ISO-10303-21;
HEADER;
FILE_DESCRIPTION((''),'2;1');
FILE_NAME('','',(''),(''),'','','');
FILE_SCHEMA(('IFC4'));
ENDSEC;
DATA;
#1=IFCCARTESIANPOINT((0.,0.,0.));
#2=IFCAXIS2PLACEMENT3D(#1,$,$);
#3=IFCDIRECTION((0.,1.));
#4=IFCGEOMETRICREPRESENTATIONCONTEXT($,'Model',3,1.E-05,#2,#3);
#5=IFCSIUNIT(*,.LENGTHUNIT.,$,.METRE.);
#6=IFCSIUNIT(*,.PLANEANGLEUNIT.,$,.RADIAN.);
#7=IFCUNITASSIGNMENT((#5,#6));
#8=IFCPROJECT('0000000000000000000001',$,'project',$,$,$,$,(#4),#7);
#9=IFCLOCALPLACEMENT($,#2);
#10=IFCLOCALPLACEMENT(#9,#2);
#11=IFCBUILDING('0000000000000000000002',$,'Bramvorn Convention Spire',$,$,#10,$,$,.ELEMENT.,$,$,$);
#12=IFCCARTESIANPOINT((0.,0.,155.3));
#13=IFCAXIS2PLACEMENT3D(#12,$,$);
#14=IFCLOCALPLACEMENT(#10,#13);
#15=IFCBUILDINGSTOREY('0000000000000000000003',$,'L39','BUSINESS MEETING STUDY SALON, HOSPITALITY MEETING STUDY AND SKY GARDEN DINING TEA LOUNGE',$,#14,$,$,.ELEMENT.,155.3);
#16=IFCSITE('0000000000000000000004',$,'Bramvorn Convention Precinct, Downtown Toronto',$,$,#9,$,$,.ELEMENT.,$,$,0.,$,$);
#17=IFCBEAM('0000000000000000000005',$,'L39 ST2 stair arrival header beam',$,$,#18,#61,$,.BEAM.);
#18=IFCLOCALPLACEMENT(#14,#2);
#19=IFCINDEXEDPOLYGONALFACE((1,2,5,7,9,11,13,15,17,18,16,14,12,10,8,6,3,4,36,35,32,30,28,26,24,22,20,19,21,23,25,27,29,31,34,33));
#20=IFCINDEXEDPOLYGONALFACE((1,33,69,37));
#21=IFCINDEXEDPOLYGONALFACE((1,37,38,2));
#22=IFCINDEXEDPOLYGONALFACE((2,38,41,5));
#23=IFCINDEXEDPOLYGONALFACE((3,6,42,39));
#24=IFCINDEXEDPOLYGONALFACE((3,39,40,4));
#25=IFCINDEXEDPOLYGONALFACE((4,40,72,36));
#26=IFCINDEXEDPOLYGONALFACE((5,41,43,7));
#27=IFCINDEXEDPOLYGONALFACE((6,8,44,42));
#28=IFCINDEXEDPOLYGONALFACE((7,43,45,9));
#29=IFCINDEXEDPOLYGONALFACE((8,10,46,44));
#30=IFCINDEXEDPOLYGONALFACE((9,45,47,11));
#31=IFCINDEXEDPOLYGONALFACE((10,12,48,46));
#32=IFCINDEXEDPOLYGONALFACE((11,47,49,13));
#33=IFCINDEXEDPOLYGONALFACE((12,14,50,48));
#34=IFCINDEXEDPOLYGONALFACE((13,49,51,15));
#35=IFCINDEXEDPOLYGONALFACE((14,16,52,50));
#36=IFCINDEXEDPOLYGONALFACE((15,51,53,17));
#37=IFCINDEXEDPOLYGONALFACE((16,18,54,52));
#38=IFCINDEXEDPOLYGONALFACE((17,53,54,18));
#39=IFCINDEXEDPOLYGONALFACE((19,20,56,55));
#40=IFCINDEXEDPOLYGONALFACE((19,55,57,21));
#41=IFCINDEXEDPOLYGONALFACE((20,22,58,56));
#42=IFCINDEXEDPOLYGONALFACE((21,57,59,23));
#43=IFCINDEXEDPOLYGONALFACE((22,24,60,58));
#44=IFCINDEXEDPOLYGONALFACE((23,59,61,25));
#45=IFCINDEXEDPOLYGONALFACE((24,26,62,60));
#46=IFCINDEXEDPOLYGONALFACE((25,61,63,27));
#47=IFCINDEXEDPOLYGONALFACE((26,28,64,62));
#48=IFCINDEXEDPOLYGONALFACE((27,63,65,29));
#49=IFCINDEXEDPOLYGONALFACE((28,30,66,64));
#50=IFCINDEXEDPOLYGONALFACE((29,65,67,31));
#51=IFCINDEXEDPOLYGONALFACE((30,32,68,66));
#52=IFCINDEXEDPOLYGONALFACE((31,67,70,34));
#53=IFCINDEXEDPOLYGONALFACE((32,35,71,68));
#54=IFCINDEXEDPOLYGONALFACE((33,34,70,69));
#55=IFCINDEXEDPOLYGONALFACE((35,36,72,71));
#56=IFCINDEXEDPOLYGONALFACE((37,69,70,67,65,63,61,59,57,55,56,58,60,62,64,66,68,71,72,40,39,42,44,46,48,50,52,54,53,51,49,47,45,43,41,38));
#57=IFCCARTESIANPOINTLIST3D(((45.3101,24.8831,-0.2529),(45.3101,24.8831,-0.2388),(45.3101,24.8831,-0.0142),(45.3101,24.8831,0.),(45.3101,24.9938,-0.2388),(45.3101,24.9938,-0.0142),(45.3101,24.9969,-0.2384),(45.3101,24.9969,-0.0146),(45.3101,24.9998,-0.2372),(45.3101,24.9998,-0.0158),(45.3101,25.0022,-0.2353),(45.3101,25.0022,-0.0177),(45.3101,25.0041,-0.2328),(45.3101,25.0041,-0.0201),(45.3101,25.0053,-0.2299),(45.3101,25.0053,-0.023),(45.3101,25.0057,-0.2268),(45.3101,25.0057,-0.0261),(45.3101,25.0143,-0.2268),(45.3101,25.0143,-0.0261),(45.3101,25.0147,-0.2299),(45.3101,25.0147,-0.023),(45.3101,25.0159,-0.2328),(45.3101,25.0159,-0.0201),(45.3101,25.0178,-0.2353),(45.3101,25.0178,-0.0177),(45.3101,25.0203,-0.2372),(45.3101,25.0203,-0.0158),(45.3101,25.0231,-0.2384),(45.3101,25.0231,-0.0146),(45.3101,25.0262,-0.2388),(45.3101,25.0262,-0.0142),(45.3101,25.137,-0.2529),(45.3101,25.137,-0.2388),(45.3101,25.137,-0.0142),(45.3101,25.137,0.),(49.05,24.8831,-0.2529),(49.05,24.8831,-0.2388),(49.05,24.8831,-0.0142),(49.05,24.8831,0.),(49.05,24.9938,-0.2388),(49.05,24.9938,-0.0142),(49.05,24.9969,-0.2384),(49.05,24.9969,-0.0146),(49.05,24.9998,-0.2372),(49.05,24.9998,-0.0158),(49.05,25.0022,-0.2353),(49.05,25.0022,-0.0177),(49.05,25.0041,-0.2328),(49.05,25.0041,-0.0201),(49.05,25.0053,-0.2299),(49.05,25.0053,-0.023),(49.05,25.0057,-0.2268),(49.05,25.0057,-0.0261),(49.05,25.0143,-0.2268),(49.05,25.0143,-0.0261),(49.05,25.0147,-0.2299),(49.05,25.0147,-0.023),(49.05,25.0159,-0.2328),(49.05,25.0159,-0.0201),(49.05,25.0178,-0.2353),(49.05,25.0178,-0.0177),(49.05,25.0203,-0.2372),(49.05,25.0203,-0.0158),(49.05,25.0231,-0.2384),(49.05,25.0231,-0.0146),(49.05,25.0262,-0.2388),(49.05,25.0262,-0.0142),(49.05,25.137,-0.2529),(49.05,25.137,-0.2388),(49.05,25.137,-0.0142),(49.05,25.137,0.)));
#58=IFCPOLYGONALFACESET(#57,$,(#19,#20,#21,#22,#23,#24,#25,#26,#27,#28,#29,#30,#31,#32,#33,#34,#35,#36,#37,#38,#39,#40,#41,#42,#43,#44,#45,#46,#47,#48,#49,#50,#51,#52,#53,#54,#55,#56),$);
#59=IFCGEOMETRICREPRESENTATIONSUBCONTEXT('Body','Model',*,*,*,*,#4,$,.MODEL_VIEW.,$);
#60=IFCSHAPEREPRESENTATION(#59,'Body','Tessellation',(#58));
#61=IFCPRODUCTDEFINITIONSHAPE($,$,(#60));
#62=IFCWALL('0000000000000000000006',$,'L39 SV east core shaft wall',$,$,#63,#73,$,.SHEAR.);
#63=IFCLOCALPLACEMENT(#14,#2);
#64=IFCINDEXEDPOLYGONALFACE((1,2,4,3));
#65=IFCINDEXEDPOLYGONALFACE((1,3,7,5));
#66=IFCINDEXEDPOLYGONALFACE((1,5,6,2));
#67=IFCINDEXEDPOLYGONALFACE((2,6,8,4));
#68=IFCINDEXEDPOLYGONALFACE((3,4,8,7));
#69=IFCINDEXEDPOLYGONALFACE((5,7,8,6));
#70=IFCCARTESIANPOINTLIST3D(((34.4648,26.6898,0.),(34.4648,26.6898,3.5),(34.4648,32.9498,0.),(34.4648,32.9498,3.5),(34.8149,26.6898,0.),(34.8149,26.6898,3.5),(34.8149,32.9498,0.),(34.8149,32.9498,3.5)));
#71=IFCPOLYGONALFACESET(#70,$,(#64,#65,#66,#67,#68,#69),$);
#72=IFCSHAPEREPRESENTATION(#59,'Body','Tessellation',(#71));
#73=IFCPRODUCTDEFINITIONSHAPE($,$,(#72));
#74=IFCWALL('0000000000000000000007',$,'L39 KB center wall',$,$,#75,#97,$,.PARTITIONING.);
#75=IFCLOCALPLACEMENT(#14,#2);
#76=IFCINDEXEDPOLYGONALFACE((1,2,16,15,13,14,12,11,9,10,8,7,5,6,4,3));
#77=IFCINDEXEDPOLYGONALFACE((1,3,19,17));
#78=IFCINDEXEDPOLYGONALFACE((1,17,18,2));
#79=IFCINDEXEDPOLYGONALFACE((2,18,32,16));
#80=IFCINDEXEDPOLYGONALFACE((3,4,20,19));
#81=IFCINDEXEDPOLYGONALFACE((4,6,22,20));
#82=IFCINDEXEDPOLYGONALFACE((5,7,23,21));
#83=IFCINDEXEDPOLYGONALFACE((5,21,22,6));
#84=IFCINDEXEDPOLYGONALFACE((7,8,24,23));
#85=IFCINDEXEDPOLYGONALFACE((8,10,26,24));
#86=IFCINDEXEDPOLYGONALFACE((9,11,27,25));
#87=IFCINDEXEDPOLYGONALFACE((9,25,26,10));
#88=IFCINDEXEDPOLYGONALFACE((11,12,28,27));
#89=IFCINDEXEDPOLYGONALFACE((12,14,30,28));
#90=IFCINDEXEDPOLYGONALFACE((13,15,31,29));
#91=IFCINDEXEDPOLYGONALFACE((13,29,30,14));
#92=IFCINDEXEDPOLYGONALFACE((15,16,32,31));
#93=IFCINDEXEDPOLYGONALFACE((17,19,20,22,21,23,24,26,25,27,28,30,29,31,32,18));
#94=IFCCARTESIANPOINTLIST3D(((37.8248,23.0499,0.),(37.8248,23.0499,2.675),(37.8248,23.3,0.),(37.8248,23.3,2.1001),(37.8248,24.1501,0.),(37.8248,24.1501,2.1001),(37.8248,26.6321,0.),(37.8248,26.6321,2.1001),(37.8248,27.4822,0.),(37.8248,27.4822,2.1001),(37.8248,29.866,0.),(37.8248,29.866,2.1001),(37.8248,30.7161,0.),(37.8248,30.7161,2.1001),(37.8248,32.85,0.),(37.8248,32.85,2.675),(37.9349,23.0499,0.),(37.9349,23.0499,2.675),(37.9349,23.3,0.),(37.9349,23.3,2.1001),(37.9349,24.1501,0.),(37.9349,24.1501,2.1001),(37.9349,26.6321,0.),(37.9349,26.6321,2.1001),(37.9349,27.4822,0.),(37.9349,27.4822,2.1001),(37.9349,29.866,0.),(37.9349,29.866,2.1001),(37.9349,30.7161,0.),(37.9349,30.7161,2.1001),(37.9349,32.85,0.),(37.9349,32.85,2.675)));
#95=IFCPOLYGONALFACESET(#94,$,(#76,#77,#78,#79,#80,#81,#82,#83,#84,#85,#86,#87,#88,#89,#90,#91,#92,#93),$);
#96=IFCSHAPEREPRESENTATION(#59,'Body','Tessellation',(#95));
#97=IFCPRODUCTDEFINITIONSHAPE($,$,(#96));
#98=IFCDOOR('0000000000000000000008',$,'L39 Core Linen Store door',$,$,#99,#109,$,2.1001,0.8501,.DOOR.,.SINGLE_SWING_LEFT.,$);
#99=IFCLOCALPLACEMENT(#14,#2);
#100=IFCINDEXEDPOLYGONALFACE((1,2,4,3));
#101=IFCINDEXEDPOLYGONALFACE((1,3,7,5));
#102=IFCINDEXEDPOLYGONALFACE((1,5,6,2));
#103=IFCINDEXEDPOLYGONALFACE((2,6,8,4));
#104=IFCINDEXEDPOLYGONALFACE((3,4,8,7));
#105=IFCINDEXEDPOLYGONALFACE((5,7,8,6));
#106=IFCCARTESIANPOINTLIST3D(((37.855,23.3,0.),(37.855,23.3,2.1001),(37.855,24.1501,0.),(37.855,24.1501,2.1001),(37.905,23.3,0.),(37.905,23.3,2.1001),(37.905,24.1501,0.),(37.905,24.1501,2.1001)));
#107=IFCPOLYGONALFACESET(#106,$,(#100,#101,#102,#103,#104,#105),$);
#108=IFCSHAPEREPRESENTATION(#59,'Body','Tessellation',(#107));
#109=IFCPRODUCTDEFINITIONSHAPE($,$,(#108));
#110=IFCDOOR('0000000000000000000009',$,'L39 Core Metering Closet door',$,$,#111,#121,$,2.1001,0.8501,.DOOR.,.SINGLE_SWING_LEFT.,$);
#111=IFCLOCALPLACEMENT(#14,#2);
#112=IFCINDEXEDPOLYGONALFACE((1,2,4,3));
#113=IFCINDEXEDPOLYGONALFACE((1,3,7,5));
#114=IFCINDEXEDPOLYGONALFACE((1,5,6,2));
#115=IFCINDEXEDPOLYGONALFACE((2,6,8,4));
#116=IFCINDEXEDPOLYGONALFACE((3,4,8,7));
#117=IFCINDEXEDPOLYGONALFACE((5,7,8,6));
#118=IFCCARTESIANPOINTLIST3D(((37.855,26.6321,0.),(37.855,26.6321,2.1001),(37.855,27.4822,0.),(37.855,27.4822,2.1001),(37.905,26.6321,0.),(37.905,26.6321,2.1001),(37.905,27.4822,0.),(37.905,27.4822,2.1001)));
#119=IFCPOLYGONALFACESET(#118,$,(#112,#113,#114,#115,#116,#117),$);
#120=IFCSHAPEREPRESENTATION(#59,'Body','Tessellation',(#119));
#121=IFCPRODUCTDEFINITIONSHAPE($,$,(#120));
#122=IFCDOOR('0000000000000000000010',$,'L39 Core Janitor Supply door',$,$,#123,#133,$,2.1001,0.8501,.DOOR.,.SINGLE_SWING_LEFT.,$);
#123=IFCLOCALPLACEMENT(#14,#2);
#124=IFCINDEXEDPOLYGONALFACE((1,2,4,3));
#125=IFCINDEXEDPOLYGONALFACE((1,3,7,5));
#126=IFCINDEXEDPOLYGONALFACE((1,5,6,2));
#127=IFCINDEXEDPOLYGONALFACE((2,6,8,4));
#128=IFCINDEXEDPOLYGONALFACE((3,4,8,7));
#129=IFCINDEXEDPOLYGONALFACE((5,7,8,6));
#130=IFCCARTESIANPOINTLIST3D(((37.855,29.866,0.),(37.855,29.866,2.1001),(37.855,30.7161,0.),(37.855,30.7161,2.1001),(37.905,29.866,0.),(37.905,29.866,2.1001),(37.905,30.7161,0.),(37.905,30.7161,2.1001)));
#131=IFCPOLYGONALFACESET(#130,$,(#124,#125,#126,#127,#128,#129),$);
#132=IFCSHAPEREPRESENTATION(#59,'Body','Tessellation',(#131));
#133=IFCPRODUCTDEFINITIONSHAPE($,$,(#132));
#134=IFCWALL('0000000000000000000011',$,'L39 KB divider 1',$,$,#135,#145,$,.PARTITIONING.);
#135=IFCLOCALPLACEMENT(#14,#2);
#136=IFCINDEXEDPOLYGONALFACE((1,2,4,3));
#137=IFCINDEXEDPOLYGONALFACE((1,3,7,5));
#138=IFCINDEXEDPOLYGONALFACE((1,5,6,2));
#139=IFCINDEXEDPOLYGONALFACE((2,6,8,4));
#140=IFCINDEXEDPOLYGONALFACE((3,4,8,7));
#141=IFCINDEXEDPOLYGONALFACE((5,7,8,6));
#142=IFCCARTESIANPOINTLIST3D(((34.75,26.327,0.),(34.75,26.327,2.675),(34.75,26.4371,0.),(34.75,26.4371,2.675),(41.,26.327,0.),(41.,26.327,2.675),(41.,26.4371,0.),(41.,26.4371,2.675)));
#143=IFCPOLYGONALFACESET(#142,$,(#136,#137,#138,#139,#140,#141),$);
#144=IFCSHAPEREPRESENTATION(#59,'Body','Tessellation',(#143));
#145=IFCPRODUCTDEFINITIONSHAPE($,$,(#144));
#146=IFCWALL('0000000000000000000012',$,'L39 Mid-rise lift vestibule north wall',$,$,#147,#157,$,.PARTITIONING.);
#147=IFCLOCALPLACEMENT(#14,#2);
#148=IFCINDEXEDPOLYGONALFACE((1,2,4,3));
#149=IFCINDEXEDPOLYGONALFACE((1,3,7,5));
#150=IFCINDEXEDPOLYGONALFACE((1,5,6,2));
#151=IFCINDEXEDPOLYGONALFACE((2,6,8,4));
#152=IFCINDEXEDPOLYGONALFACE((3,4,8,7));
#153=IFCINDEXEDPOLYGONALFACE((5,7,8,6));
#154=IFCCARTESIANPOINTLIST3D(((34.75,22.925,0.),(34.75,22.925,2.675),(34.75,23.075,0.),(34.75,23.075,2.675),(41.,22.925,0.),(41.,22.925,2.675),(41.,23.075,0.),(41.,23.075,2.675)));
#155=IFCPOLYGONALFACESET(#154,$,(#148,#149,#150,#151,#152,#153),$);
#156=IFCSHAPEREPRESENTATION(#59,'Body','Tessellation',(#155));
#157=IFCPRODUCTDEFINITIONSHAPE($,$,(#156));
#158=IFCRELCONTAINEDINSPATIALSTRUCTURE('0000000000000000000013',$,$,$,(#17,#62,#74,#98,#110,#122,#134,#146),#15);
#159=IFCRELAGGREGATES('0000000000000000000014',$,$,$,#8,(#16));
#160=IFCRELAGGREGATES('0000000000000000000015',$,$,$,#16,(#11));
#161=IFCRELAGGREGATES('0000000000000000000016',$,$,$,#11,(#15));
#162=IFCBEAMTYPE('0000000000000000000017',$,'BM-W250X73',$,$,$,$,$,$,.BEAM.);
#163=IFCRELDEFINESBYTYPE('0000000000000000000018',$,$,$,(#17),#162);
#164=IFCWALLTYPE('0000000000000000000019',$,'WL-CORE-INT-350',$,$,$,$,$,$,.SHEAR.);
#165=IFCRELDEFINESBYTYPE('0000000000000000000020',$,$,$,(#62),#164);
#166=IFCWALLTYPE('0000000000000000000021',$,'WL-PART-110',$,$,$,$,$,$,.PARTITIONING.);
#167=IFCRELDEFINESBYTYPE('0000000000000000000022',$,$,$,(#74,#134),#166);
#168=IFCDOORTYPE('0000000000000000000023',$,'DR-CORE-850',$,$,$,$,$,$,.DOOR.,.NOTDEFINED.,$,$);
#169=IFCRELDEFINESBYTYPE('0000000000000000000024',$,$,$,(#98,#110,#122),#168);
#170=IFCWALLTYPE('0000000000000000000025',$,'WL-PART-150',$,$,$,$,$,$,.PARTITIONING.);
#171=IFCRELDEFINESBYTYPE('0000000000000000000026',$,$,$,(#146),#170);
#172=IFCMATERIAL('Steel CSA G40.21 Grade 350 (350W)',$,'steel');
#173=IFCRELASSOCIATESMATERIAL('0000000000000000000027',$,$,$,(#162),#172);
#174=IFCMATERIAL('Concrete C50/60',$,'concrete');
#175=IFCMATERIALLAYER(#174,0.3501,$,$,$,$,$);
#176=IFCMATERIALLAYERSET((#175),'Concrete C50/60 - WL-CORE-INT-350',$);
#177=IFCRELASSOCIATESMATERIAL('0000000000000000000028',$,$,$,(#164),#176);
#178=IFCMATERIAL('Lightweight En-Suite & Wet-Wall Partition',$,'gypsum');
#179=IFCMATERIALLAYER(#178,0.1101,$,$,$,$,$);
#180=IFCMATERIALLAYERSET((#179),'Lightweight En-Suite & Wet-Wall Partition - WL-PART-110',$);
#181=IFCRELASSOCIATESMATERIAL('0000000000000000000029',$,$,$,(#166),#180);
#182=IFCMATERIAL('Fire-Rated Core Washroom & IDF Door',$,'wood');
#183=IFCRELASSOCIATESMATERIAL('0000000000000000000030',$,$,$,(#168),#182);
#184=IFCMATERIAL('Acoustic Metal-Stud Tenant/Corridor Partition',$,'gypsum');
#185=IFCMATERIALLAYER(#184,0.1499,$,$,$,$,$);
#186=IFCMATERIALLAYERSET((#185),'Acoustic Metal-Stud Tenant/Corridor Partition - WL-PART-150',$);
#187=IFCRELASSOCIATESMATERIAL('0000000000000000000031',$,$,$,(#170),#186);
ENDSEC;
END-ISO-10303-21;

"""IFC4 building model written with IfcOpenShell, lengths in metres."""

from ifc_helpers import new_model, si_unit, direction, frame, frame_2d, origin, origin_2d, place, context, subcontext, project, spatial, rectangle, i_section, extrude, material, layer, layer_set, material_profile, profile_set, type_object, element, fill, save


model = new_model("IFC4")

# Units and contexts
model_context = context("Model", 3, precision=1e-05, world=origin(), true_north=direction((0.0, 1.0)))
body_context = subcontext(model_context, "Body", "Model", "MODEL_VIEW")
ifc_project = project(units=[si_unit("LENGTHUNIT", "METRE"), si_unit("PLANEANGLEUNIT", "RADIAN")], contexts=[model_context])

# Site, building, storey
site_placement = place(None, origin())
site = spatial("IfcSite", under=ifc_project, at=site_placement, Name="Bramvorn Convention Precinct, Downtown Toronto", CompositionType="ELEMENT", RefElevation=0.0)
building_placement = place(site_placement, origin())
building = spatial("IfcBuilding", under=site, at=building_placement, Name="Bramvorn Convention Spire", CompositionType="ELEMENT")
storey_placement = place(building_placement, frame((0.0, 0.0, 155.3)))
storey = spatial("IfcBuildingStorey", under=building, at=storey_placement, Name="L39", Description="BUSINESS MEETING STUDY SALON, HOSPITALITY MEETING STUDY AND SKY GARDEN DINING TEA LOUNGE", CompositionType="ELEMENT", Elevation=155.3)

# Beam
ifc_material_1 = material(Name="Steel CSA G40.21 Grade 350 (350W)", Category="steel")
ifc_material_profile = material_profile(ifc_material_1, i_section(OverallWidth=0.2539, OverallDepth=0.2529, WebThickness=0.0085, FlangeThickness=0.0142, FilletRadius=0.012, at=origin_2d()))
ifc_profile_set = profile_set([ifc_material_profile], Name="Steel CSA G40.21 Grade 350 (350W) - W250X73")
beam_type = type_object("IfcBeamType", Name="BM-W250X73", PredefinedType="BEAM", material=ifc_profile_set)
beam_placement = place(storey_placement, frame((45.3101, 25.01, -0.1265), z_axis=(1.0, 0.0, 0.0), x_axis=(0.0, 1.0, 0.0)))
element("IfcBeam", 1, at=beam_placement, inside=storey, type_object=beam_type, Name="L39 ST2 stair arrival header beam", PredefinedType="BEAM", context=body_context, shape_type="SweptSolid", body=[
    extrude(i_section(OverallWidth=0.2539, OverallDepth=0.2529, WebThickness=0.0085, FlangeThickness=0.0142, FilletRadius=0.012, at=origin_2d()), origin(), (0.0, 0.0, 1.0), 3.74),
])

# Wall
ifc_material_2 = material(Name="Concrete C50/60", Category="concrete")
ifc_layer_1 = layer(ifc_material_2, 0.3501)
ifc_layer_set_1 = layer_set([ifc_layer_1], Name="Concrete C50/60 - WL-CORE-INT-350")
wall_type_1 = type_object("IfcWallType", Name="WL-CORE-INT-350", PredefinedType="SHEAR", material=ifc_layer_set_1)
wall_1_placement = place(storey_placement, frame((34.6399, 26.6899, 0.0), z_axis=(0.0, 0.0, 1.0), x_axis=(0.0, 1.0, 0.0)))
element("IfcWall", 2, at=wall_1_placement, inside=storey, type_object=wall_type_1, Name="L39 SV east core shaft wall", PredefinedType="SHEAR", context=body_context, shape_type="SweptSolid", body=[
    extrude(rectangle(XDim=6.26, YDim=0.3501, at=frame_2d((3.1299, 0.0))), origin(), (0.0, 0.0, 1.0), 3.5),
])

# Wall, openings, doors
ifc_material_3 = material(Name="Lightweight En-Suite & Wet-Wall Partition", Category="gypsum")
ifc_layer_2 = layer(ifc_material_3, 0.1101)
ifc_layer_set_2 = layer_set([ifc_layer_2], Name="Lightweight En-Suite & Wet-Wall Partition - WL-PART-110")
wall_type_2 = type_object("IfcWallType", Name="WL-PART-110", PredefinedType="PARTITIONING", material=ifc_layer_set_2)
wall_2_placement = place(storey_placement, frame((37.8799, 23.05, 0.0), z_axis=(0.0, 0.0, 1.0), x_axis=(0.0, 1.0, 0.0)))
wall_2 = element("IfcWall", 3, at=wall_2_placement, inside=storey, type_object=wall_type_2, Name="L39 KB center wall", PredefinedType="PARTITIONING", context=body_context, shape_type="SweptSolid", body=[
    extrude(rectangle(XDim=9.8, YDim=0.1101, at=frame_2d((4.8999, 0.0))), origin(), (0.0, 0.0, 1.0), 2.675),
])
opening_1_placement = place(wall_2_placement, frame((0.25, 0.0, 0.0)))
opening_1 = element("IfcOpeningElement", 4, at=opening_1_placement, cuts=wall_2, PredefinedType="OPENING", context=body_context, shape_type="SweptSolid", body=[
    extrude(rectangle(XDim=0.8501, YDim=2.1001, at=frame_2d((0.425, 1.05))), frame((0.0, 0.0649, 0.0), z_axis=(0.0, -1.0, 0.0), x_axis=(1.0, 0.0, 0.0)), (0.0, 0.0, 1.0), 0.1301),
])
opening_2_placement = place(wall_2_placement, frame((3.582, 0.0, 0.0)))
opening_2 = element("IfcOpeningElement", 5, at=opening_2_placement, cuts=wall_2, PredefinedType="OPENING", context=body_context, shape_type="SweptSolid", body=[
    extrude(rectangle(XDim=0.8501, YDim=2.1001, at=frame_2d((0.425, 1.05))), frame((0.0, 0.0649, 0.0), z_axis=(0.0, -1.0, 0.0), x_axis=(1.0, 0.0, 0.0)), (0.0, 0.0, 1.0), 0.1301),
])
opening_3_placement = place(wall_2_placement, frame((6.8159, 0.0, 0.0)))
opening_3 = element("IfcOpeningElement", 6, at=opening_3_placement, cuts=wall_2, PredefinedType="OPENING", context=body_context, shape_type="SweptSolid", body=[
    extrude(rectangle(XDim=0.8501, YDim=2.1001, at=frame_2d((0.425, 1.05))), frame((0.0, 0.0649, 0.0), z_axis=(0.0, -1.0, 0.0), x_axis=(1.0, 0.0, 0.0)), (0.0, 0.0, 1.0), 0.1301),
])
ifc_material_4 = material(Name="Fire-Rated Core Washroom & IDF Door", Category="wood")
door_type_1 = type_object("IfcDoorType", Name="DR-CORE-850", OperationType="NOTDEFINED", PredefinedType="DOOR", material=ifc_material_4)
door_1_placement = place(opening_1_placement, origin())
door_1 = element("IfcDoor", 7, at=door_1_placement, inside=storey, type_object=door_type_1, Name="L39 Core Linen Store door", OperationType="SINGLE_SWING_LEFT", OverallHeight=2.1001, OverallWidth=0.8501, PredefinedType="DOOR", context=body_context, shape_type="SweptSolid", body=[
    extrude(rectangle(XDim=0.8501, YDim=2.1001, at=frame_2d((0.425, 1.05))), frame((0.0, 0.0249, 0.0), z_axis=(0.0, -1.0, 0.0), x_axis=(1.0, 0.0, 0.0)), (0.0, 0.0, 1.0), 0.05),
])
fill(opening_1, door_1)
door_2_placement = place(opening_2_placement, origin())
door_2 = element("IfcDoor", 8, at=door_2_placement, inside=storey, type_object=door_type_1, Name="L39 Core Metering Closet door", OperationType="SINGLE_SWING_LEFT", OverallHeight=2.1001, OverallWidth=0.8501, PredefinedType="DOOR", context=body_context, shape_type="SweptSolid", body=[
    extrude(rectangle(XDim=0.8501, YDim=2.1001, at=frame_2d((0.425, 1.05))), frame((0.0, 0.0249, 0.0), z_axis=(0.0, -1.0, 0.0), x_axis=(1.0, 0.0, 0.0)), (0.0, 0.0, 1.0), 0.05),
])
fill(opening_2, door_2)
door_3_placement = place(opening_3_placement, origin())
door_3 = element("IfcDoor", 9, at=door_3_placement, inside=storey, type_object=door_type_1, Name="L39 Core Janitor Supply door", OperationType="SINGLE_SWING_LEFT", OverallHeight=2.1001, OverallWidth=0.8501, PredefinedType="DOOR", context=body_context, shape_type="SweptSolid", body=[
    extrude(rectangle(XDim=0.8501, YDim=2.1001, at=frame_2d((0.425, 1.05))), frame((0.0, 0.0249, 0.0), z_axis=(0.0, -1.0, 0.0), x_axis=(1.0, 0.0, 0.0)), (0.0, 0.0, 1.0), 0.05),
])
fill(opening_3, door_3)

# Walls
wall_3_placement = place(storey_placement, frame((34.75, 26.3821, 0.0), z_axis=(0.0, 0.0, 1.0), x_axis=(1.0, 0.0, 0.0)))
element("IfcWall", 10, at=wall_3_placement, inside=storey, type_object=wall_type_2, Name="L39 KB divider 1", PredefinedType="PARTITIONING", context=body_context, shape_type="SweptSolid", body=[
    extrude(rectangle(XDim=6.25, YDim=0.1101, at=frame_2d((3.125, 0.0))), origin(), (0.0, 0.0, 1.0), 2.675),
])
ifc_material_5 = material(Name="Acoustic Metal-Stud Tenant/Corridor Partition", Category="gypsum")
ifc_layer_3 = layer(ifc_material_5, 0.1499)
ifc_layer_set_3 = layer_set([ifc_layer_3], Name="Acoustic Metal-Stud Tenant/Corridor Partition - WL-PART-150")
wall_type_3 = type_object("IfcWallType", Name="WL-PART-150", PredefinedType="PARTITIONING", material=ifc_layer_set_3)
wall_4_placement = place(storey_placement, frame((34.75, 23.0, 0.0), z_axis=(0.0, 0.0, 1.0), x_axis=(1.0, 0.0, 0.0)))
element("IfcWall", 11, at=wall_4_placement, inside=storey, type_object=wall_type_3, Name="L39 Mid-rise lift vestibule north wall", PredefinedType="PARTITIONING", context=body_context, shape_type="SweptSolid", body=[
    extrude(rectangle(XDim=6.25, YDim=0.1499, at=frame_2d((3.125, 0.0))), origin(), (0.0, 0.0, 1.0), 2.675),
])

save(model, "model.ifc")
